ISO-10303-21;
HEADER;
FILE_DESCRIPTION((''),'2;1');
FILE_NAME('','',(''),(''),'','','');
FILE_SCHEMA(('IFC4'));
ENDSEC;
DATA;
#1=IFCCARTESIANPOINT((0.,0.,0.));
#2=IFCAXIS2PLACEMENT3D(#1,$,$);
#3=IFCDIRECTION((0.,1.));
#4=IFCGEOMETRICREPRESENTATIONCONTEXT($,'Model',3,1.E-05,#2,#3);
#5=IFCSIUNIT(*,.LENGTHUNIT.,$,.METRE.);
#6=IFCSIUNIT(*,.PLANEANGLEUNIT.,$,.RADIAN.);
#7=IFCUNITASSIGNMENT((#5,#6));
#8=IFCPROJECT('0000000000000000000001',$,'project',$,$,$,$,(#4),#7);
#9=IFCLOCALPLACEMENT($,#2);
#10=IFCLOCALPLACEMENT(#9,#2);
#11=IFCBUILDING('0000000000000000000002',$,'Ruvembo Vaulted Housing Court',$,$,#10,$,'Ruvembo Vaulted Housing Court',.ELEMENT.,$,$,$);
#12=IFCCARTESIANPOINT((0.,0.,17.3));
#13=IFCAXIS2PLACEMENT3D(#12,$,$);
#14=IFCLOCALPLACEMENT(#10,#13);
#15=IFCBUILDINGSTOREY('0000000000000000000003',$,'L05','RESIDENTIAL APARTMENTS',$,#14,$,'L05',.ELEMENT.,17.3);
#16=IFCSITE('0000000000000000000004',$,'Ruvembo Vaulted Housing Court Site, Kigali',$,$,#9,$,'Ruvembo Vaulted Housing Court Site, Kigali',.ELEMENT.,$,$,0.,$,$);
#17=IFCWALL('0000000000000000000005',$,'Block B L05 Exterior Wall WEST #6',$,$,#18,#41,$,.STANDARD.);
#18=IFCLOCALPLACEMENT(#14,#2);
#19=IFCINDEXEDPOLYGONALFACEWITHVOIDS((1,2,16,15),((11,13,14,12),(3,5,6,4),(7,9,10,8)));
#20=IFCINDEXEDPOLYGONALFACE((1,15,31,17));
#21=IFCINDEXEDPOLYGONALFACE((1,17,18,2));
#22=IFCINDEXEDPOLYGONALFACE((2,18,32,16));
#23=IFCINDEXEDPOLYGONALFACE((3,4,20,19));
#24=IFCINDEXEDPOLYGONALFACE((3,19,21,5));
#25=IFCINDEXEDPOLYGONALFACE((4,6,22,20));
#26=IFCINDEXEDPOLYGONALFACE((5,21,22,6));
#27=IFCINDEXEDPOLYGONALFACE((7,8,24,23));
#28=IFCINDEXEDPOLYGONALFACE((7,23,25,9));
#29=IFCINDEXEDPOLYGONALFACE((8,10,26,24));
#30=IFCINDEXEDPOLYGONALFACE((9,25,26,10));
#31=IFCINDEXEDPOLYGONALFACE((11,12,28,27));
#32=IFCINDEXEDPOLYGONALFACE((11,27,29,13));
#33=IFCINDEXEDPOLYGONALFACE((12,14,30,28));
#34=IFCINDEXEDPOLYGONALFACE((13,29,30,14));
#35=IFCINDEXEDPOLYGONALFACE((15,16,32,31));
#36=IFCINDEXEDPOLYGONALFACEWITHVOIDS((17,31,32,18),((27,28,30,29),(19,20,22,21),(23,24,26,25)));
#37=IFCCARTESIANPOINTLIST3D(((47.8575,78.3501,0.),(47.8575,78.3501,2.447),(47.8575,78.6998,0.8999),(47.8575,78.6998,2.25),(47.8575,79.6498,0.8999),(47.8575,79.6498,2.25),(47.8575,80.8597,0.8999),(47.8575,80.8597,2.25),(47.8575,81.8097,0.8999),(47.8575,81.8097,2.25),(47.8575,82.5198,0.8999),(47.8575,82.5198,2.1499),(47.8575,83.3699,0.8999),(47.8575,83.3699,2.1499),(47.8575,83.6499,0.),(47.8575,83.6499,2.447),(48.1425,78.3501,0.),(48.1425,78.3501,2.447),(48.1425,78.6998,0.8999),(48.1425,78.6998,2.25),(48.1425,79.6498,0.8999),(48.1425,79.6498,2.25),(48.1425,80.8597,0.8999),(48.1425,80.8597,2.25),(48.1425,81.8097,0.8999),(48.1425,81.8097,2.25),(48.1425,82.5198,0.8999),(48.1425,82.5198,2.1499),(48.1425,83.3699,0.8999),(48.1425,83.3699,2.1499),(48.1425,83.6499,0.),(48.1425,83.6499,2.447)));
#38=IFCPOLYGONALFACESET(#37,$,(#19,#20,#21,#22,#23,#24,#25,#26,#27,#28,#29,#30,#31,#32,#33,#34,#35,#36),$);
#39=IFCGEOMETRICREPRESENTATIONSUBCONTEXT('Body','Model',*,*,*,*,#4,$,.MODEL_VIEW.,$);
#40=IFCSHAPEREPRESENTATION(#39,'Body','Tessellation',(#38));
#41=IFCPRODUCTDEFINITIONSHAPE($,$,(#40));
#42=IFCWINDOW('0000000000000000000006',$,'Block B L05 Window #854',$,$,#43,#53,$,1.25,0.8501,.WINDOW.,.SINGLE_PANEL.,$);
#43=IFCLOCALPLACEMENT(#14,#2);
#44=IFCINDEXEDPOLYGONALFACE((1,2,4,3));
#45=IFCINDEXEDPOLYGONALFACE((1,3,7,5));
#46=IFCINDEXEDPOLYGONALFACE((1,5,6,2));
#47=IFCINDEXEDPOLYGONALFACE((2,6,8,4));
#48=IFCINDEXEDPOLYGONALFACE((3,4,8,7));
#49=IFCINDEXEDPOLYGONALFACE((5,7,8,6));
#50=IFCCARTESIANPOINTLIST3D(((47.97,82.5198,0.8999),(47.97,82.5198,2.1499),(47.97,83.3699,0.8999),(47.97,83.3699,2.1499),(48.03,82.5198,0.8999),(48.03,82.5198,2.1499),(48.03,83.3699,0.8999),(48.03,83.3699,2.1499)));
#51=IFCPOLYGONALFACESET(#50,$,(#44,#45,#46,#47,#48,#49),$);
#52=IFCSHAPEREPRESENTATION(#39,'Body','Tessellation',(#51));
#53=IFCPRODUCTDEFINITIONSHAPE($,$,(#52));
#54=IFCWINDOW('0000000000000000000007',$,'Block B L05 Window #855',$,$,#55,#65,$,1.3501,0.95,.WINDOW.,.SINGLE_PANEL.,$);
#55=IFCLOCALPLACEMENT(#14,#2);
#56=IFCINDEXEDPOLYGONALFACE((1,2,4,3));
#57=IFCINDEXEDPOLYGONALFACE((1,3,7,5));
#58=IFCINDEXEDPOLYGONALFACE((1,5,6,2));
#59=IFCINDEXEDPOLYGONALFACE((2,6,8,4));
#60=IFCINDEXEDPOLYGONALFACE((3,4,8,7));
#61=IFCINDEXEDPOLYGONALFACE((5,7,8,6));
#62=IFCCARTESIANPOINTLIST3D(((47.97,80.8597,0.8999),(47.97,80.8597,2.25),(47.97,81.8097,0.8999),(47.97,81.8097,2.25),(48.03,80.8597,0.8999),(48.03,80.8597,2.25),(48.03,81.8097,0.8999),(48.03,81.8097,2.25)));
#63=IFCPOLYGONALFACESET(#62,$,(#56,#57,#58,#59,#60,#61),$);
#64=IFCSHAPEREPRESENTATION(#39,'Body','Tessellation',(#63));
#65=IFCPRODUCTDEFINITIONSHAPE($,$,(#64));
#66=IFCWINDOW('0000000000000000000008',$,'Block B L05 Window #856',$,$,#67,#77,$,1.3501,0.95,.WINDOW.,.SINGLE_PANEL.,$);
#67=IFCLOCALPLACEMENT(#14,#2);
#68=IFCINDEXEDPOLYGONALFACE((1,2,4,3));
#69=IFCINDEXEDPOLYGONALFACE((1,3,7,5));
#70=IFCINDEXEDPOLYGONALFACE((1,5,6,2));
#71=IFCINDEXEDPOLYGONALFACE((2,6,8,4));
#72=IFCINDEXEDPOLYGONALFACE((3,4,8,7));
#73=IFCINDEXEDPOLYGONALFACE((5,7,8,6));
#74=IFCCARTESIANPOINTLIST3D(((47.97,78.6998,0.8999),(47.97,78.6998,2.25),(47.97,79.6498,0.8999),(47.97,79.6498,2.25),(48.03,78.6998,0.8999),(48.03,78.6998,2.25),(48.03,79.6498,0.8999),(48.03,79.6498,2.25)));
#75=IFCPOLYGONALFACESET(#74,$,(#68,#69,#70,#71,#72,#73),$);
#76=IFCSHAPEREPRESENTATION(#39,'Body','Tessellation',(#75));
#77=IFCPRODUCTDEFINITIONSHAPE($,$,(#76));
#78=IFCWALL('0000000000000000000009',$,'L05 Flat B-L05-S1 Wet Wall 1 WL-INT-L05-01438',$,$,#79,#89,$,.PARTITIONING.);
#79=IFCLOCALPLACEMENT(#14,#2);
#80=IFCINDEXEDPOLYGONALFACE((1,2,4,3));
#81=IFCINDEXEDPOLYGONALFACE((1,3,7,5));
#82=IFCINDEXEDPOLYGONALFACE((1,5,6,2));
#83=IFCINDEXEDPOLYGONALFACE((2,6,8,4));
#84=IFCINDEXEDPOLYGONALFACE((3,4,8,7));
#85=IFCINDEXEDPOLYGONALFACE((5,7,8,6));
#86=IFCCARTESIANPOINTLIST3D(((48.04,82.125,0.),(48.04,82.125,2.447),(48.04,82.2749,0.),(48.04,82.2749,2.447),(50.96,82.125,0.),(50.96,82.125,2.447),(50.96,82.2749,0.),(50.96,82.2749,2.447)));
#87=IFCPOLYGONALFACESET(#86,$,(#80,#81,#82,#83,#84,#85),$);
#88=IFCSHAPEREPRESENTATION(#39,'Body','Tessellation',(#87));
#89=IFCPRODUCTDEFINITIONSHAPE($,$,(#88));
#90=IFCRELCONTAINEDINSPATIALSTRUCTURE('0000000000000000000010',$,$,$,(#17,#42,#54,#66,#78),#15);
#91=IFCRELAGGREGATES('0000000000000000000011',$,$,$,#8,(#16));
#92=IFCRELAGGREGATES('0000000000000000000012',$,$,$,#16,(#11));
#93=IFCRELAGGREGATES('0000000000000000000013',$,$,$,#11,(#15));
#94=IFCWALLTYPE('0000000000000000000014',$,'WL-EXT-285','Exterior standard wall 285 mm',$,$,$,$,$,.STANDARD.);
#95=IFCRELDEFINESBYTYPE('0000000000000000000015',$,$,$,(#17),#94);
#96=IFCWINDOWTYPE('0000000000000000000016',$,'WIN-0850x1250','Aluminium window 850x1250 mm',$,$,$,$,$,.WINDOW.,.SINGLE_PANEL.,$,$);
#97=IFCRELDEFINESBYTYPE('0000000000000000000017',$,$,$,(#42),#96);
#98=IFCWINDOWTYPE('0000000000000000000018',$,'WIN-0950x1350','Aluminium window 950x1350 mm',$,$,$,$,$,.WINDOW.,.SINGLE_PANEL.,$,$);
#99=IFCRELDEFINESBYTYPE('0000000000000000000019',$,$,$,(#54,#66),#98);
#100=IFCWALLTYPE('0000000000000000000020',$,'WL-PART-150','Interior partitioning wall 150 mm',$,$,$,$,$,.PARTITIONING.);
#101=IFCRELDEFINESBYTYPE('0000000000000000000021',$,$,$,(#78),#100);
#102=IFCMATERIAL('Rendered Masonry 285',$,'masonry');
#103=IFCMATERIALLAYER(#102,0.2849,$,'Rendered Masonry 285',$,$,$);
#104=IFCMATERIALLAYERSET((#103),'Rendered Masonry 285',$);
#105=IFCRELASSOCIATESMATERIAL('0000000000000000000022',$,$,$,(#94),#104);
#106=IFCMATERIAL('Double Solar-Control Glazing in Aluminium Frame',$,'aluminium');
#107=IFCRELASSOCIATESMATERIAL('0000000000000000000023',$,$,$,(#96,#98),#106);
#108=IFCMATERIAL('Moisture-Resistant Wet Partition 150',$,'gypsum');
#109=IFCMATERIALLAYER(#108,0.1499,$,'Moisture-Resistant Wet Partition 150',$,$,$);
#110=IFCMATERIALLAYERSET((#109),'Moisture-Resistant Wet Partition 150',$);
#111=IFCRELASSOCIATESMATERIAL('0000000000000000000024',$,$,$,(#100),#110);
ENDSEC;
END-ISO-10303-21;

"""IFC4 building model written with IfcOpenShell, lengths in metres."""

from ifc_helpers import new_model, si_unit, direction, frame, frame_2d, origin, place, context, subcontext, project, spatial, rectangle, extrude, material, layer, layer_set, type_object, element, fill, save


model = new_model("IFC4")

# Units and contexts
model_context = context("Model", 3, precision=1e-05, world=origin(), true_north=direction((0.0, 1.0)))
body_context = subcontext(model_context, "Body", "Model", "MODEL_VIEW")
ifc_project = project(units=[si_unit("LENGTHUNIT", "METRE"), si_unit("PLANEANGLEUNIT", "RADIAN")], contexts=[model_context])

# Site, building, storey
site_placement = place(None, origin())
site = spatial("IfcSite", under=ifc_project, at=site_placement, Name="Ruvembo Vaulted Housing Court Site, Kigali", LongName="Ruvembo Vaulted Housing Court Site, Kigali", CompositionType="ELEMENT", RefElevation=0.0)
building_placement = place(site_placement, origin())
building = spatial("IfcBuilding", under=site, at=building_placement, Name="Ruvembo Vaulted Housing Court", LongName="Ruvembo Vaulted Housing Court", CompositionType="ELEMENT")
storey_placement = place(building_placement, frame((0.0, 0.0, 17.3)))
storey = spatial("IfcBuildingStorey", under=building, at=storey_placement, Name="L05", Description="RESIDENTIAL APARTMENTS", LongName="L05", CompositionType="ELEMENT", Elevation=17.3)

# Shared definitions
ifc_material_1 = material(Name="Rendered Masonry 285", Category="masonry")
ifc_layer_1 = layer(ifc_material_1, 0.2849, Name="Rendered Masonry 285")
ifc_layer_set_1 = layer_set([ifc_layer_1], Name="Rendered Masonry 285")
wall_type_1 = type_object("IfcWallType", Name="WL-EXT-285", Description="Exterior standard wall 285 mm", PredefinedType="STANDARD", material=ifc_layer_set_1)
ifc_material_2 = material(Name="Double Solar-Control Glazing in Aluminium Frame", Category="aluminium")
window_type_1 = type_object("IfcWindowType", Name="WIN-0850x1250", Description="Aluminium window 850x1250 mm", PartitioningType="SINGLE_PANEL", PredefinedType="WINDOW", material=ifc_material_2)

# Wall, openings, windows
wall_1_placement = place(storey_placement, frame((48.0, 83.6499, 0.0), z_axis=(0.0, 0.0, 1.0), x_axis=(0.0, -1.0, 0.0)))
wall_1 = element("IfcWall", 1, at=wall_1_placement, inside=storey, type_object=wall_type_1, Name="Block B L05 Exterior Wall WEST #6", PredefinedType="STANDARD", context=body_context, shape_type="SweptSolid", body=[
    extrude(rectangle(XDim=5.2998, YDim=0.2849, at=frame_2d((2.6499, 0.0))), origin(), (0.0, 0.0, 1.0), 2.447),
])
opening_1_placement = place(wall_1_placement, frame((0.28, 0.0, 0.8999)))
opening_1 = element("IfcOpeningElement", 2, at=opening_1_placement, cuts=wall_1, PredefinedType="OPENING", context=body_context, shape_type="SweptSolid", body=[
    extrude(rectangle(XDim=0.8501, YDim=1.25, at=frame_2d((0.425, 0.625))), frame((0.0, 0.1523, 0.0), z_axis=(0.0, -1.0, 0.0), x_axis=(1.0, 0.0, 0.0)), (0.0, 0.0, 1.0), 0.3049),
])
opening_2_placement = place(wall_1_placement, frame((1.8401, 0.0, 0.8999)))
opening_2 = element("IfcOpeningElement", 3, at=opening_2_placement, cuts=wall_1, PredefinedType="OPENING", context=body_context, shape_type="SweptSolid", body=[
    extrude(rectangle(XDim=0.95, YDim=1.3501, at=frame_2d((0.4751, 0.675))), frame((0.0, 0.1523, 0.0), z_axis=(0.0, -1.0, 0.0), x_axis=(1.0, 0.0, 0.0)), (0.0, 0.0, 1.0), 0.3049),
])
opening_3_placement = place(wall_1_placement, frame((4.0, 0.0, 0.8999)))
opening_3 = element("IfcOpeningElement", 4, at=opening_3_placement, cuts=wall_1, PredefinedType="OPENING", context=body_context, shape_type="SweptSolid", body=[
    extrude(rectangle(XDim=0.95, YDim=1.3501, at=frame_2d((0.4751, 0.675))), frame((0.0, 0.1523, 0.0), z_axis=(0.0, -1.0, 0.0), x_axis=(1.0, 0.0, 0.0)), (0.0, 0.0, 1.0), 0.3049),
])
window_1_placement = place(opening_1_placement, origin())
window_1 = element("IfcWindow", 5, at=window_1_placement, inside=storey, type_object=window_type_1, Name="Block B L05 Window #854", OverallHeight=1.25, OverallWidth=0.8501, PartitioningType="SINGLE_PANEL", PredefinedType="WINDOW", context=body_context, shape_type="SweptSolid", body=[
    extrude(rectangle(XDim=0.8501, YDim=1.25, at=frame_2d((0.425, 0.625))), frame((0.0, 0.03, 0.0), z_axis=(0.0, -1.0, 0.0), x_axis=(1.0, 0.0, 0.0)), (0.0, 0.0, 1.0), 0.0601),
])
fill(opening_1, window_1)
window_type_2 = type_object("IfcWindowType", Name="WIN-0950x1350", Description="Aluminium window 950x1350 mm", PartitioningType="SINGLE_PANEL", PredefinedType="WINDOW", material=ifc_material_2)
window_2_placement = place(opening_2_placement, origin())
window_2 = element("IfcWindow", 6, at=window_2_placement, inside=storey, type_object=window_type_2, Name="Block B L05 Window #855", OverallHeight=1.3501, OverallWidth=0.95, PartitioningType="SINGLE_PANEL", PredefinedType="WINDOW", context=body_context, shape_type="SweptSolid", body=[
    extrude(rectangle(XDim=0.95, YDim=1.3501, at=frame_2d((0.4751, 0.675))), frame((0.0, 0.03, 0.0), z_axis=(0.0, -1.0, 0.0), x_axis=(1.0, 0.0, 0.0)), (0.0, 0.0, 1.0), 0.0601),
])
fill(opening_2, window_2)
window_3_placement = place(opening_3_placement, origin())
window_3 = element("IfcWindow", 7, at=window_3_placement, inside=storey, type_object=window_type_2, Name="Block B L05 Window #856", OverallHeight=1.3501, OverallWidth=0.95, PartitioningType="SINGLE_PANEL", PredefinedType="WINDOW", context=body_context, shape_type="SweptSolid", body=[
    extrude(rectangle(XDim=0.95, YDim=1.3501, at=frame_2d((0.4751, 0.675))), frame((0.0, 0.03, 0.0), z_axis=(0.0, -1.0, 0.0), x_axis=(1.0, 0.0, 0.0)), (0.0, 0.0, 1.0), 0.0601),
])
fill(opening_3, window_3)

# Wall
ifc_material_3 = material(Name="Moisture-Resistant Wet Partition 150", Category="gypsum")
ifc_layer_2 = layer(ifc_material_3, 0.1499, Name="Moisture-Resistant Wet Partition 150")
ifc_layer_set_2 = layer_set([ifc_layer_2], Name="Moisture-Resistant Wet Partition 150")
wall_type_2 = type_object("IfcWallType", Name="WL-PART-150", Description="Interior partitioning wall 150 mm", PredefinedType="PARTITIONING", material=ifc_layer_set_2)
wall_2_placement = place(storey_placement, frame((48.04, 82.2, 0.0), z_axis=(0.0, 0.0, 1.0), x_axis=(1.0, 0.0, 0.0)))
element("IfcWall", 8, at=wall_2_placement, inside=storey, type_object=wall_type_2, Name="L05 Flat B-L05-S1 Wet Wall 1 WL-INT-L05-01438", PredefinedType="PARTITIONING", context=body_context, shape_type="SweptSolid", body=[
    extrude(rectangle(XDim=2.9199, YDim=0.1499, at=frame_2d((1.46, 0.0))), origin(), (0.0, 0.0, 1.0), 2.447),
])

save(model, "model.ifc")
